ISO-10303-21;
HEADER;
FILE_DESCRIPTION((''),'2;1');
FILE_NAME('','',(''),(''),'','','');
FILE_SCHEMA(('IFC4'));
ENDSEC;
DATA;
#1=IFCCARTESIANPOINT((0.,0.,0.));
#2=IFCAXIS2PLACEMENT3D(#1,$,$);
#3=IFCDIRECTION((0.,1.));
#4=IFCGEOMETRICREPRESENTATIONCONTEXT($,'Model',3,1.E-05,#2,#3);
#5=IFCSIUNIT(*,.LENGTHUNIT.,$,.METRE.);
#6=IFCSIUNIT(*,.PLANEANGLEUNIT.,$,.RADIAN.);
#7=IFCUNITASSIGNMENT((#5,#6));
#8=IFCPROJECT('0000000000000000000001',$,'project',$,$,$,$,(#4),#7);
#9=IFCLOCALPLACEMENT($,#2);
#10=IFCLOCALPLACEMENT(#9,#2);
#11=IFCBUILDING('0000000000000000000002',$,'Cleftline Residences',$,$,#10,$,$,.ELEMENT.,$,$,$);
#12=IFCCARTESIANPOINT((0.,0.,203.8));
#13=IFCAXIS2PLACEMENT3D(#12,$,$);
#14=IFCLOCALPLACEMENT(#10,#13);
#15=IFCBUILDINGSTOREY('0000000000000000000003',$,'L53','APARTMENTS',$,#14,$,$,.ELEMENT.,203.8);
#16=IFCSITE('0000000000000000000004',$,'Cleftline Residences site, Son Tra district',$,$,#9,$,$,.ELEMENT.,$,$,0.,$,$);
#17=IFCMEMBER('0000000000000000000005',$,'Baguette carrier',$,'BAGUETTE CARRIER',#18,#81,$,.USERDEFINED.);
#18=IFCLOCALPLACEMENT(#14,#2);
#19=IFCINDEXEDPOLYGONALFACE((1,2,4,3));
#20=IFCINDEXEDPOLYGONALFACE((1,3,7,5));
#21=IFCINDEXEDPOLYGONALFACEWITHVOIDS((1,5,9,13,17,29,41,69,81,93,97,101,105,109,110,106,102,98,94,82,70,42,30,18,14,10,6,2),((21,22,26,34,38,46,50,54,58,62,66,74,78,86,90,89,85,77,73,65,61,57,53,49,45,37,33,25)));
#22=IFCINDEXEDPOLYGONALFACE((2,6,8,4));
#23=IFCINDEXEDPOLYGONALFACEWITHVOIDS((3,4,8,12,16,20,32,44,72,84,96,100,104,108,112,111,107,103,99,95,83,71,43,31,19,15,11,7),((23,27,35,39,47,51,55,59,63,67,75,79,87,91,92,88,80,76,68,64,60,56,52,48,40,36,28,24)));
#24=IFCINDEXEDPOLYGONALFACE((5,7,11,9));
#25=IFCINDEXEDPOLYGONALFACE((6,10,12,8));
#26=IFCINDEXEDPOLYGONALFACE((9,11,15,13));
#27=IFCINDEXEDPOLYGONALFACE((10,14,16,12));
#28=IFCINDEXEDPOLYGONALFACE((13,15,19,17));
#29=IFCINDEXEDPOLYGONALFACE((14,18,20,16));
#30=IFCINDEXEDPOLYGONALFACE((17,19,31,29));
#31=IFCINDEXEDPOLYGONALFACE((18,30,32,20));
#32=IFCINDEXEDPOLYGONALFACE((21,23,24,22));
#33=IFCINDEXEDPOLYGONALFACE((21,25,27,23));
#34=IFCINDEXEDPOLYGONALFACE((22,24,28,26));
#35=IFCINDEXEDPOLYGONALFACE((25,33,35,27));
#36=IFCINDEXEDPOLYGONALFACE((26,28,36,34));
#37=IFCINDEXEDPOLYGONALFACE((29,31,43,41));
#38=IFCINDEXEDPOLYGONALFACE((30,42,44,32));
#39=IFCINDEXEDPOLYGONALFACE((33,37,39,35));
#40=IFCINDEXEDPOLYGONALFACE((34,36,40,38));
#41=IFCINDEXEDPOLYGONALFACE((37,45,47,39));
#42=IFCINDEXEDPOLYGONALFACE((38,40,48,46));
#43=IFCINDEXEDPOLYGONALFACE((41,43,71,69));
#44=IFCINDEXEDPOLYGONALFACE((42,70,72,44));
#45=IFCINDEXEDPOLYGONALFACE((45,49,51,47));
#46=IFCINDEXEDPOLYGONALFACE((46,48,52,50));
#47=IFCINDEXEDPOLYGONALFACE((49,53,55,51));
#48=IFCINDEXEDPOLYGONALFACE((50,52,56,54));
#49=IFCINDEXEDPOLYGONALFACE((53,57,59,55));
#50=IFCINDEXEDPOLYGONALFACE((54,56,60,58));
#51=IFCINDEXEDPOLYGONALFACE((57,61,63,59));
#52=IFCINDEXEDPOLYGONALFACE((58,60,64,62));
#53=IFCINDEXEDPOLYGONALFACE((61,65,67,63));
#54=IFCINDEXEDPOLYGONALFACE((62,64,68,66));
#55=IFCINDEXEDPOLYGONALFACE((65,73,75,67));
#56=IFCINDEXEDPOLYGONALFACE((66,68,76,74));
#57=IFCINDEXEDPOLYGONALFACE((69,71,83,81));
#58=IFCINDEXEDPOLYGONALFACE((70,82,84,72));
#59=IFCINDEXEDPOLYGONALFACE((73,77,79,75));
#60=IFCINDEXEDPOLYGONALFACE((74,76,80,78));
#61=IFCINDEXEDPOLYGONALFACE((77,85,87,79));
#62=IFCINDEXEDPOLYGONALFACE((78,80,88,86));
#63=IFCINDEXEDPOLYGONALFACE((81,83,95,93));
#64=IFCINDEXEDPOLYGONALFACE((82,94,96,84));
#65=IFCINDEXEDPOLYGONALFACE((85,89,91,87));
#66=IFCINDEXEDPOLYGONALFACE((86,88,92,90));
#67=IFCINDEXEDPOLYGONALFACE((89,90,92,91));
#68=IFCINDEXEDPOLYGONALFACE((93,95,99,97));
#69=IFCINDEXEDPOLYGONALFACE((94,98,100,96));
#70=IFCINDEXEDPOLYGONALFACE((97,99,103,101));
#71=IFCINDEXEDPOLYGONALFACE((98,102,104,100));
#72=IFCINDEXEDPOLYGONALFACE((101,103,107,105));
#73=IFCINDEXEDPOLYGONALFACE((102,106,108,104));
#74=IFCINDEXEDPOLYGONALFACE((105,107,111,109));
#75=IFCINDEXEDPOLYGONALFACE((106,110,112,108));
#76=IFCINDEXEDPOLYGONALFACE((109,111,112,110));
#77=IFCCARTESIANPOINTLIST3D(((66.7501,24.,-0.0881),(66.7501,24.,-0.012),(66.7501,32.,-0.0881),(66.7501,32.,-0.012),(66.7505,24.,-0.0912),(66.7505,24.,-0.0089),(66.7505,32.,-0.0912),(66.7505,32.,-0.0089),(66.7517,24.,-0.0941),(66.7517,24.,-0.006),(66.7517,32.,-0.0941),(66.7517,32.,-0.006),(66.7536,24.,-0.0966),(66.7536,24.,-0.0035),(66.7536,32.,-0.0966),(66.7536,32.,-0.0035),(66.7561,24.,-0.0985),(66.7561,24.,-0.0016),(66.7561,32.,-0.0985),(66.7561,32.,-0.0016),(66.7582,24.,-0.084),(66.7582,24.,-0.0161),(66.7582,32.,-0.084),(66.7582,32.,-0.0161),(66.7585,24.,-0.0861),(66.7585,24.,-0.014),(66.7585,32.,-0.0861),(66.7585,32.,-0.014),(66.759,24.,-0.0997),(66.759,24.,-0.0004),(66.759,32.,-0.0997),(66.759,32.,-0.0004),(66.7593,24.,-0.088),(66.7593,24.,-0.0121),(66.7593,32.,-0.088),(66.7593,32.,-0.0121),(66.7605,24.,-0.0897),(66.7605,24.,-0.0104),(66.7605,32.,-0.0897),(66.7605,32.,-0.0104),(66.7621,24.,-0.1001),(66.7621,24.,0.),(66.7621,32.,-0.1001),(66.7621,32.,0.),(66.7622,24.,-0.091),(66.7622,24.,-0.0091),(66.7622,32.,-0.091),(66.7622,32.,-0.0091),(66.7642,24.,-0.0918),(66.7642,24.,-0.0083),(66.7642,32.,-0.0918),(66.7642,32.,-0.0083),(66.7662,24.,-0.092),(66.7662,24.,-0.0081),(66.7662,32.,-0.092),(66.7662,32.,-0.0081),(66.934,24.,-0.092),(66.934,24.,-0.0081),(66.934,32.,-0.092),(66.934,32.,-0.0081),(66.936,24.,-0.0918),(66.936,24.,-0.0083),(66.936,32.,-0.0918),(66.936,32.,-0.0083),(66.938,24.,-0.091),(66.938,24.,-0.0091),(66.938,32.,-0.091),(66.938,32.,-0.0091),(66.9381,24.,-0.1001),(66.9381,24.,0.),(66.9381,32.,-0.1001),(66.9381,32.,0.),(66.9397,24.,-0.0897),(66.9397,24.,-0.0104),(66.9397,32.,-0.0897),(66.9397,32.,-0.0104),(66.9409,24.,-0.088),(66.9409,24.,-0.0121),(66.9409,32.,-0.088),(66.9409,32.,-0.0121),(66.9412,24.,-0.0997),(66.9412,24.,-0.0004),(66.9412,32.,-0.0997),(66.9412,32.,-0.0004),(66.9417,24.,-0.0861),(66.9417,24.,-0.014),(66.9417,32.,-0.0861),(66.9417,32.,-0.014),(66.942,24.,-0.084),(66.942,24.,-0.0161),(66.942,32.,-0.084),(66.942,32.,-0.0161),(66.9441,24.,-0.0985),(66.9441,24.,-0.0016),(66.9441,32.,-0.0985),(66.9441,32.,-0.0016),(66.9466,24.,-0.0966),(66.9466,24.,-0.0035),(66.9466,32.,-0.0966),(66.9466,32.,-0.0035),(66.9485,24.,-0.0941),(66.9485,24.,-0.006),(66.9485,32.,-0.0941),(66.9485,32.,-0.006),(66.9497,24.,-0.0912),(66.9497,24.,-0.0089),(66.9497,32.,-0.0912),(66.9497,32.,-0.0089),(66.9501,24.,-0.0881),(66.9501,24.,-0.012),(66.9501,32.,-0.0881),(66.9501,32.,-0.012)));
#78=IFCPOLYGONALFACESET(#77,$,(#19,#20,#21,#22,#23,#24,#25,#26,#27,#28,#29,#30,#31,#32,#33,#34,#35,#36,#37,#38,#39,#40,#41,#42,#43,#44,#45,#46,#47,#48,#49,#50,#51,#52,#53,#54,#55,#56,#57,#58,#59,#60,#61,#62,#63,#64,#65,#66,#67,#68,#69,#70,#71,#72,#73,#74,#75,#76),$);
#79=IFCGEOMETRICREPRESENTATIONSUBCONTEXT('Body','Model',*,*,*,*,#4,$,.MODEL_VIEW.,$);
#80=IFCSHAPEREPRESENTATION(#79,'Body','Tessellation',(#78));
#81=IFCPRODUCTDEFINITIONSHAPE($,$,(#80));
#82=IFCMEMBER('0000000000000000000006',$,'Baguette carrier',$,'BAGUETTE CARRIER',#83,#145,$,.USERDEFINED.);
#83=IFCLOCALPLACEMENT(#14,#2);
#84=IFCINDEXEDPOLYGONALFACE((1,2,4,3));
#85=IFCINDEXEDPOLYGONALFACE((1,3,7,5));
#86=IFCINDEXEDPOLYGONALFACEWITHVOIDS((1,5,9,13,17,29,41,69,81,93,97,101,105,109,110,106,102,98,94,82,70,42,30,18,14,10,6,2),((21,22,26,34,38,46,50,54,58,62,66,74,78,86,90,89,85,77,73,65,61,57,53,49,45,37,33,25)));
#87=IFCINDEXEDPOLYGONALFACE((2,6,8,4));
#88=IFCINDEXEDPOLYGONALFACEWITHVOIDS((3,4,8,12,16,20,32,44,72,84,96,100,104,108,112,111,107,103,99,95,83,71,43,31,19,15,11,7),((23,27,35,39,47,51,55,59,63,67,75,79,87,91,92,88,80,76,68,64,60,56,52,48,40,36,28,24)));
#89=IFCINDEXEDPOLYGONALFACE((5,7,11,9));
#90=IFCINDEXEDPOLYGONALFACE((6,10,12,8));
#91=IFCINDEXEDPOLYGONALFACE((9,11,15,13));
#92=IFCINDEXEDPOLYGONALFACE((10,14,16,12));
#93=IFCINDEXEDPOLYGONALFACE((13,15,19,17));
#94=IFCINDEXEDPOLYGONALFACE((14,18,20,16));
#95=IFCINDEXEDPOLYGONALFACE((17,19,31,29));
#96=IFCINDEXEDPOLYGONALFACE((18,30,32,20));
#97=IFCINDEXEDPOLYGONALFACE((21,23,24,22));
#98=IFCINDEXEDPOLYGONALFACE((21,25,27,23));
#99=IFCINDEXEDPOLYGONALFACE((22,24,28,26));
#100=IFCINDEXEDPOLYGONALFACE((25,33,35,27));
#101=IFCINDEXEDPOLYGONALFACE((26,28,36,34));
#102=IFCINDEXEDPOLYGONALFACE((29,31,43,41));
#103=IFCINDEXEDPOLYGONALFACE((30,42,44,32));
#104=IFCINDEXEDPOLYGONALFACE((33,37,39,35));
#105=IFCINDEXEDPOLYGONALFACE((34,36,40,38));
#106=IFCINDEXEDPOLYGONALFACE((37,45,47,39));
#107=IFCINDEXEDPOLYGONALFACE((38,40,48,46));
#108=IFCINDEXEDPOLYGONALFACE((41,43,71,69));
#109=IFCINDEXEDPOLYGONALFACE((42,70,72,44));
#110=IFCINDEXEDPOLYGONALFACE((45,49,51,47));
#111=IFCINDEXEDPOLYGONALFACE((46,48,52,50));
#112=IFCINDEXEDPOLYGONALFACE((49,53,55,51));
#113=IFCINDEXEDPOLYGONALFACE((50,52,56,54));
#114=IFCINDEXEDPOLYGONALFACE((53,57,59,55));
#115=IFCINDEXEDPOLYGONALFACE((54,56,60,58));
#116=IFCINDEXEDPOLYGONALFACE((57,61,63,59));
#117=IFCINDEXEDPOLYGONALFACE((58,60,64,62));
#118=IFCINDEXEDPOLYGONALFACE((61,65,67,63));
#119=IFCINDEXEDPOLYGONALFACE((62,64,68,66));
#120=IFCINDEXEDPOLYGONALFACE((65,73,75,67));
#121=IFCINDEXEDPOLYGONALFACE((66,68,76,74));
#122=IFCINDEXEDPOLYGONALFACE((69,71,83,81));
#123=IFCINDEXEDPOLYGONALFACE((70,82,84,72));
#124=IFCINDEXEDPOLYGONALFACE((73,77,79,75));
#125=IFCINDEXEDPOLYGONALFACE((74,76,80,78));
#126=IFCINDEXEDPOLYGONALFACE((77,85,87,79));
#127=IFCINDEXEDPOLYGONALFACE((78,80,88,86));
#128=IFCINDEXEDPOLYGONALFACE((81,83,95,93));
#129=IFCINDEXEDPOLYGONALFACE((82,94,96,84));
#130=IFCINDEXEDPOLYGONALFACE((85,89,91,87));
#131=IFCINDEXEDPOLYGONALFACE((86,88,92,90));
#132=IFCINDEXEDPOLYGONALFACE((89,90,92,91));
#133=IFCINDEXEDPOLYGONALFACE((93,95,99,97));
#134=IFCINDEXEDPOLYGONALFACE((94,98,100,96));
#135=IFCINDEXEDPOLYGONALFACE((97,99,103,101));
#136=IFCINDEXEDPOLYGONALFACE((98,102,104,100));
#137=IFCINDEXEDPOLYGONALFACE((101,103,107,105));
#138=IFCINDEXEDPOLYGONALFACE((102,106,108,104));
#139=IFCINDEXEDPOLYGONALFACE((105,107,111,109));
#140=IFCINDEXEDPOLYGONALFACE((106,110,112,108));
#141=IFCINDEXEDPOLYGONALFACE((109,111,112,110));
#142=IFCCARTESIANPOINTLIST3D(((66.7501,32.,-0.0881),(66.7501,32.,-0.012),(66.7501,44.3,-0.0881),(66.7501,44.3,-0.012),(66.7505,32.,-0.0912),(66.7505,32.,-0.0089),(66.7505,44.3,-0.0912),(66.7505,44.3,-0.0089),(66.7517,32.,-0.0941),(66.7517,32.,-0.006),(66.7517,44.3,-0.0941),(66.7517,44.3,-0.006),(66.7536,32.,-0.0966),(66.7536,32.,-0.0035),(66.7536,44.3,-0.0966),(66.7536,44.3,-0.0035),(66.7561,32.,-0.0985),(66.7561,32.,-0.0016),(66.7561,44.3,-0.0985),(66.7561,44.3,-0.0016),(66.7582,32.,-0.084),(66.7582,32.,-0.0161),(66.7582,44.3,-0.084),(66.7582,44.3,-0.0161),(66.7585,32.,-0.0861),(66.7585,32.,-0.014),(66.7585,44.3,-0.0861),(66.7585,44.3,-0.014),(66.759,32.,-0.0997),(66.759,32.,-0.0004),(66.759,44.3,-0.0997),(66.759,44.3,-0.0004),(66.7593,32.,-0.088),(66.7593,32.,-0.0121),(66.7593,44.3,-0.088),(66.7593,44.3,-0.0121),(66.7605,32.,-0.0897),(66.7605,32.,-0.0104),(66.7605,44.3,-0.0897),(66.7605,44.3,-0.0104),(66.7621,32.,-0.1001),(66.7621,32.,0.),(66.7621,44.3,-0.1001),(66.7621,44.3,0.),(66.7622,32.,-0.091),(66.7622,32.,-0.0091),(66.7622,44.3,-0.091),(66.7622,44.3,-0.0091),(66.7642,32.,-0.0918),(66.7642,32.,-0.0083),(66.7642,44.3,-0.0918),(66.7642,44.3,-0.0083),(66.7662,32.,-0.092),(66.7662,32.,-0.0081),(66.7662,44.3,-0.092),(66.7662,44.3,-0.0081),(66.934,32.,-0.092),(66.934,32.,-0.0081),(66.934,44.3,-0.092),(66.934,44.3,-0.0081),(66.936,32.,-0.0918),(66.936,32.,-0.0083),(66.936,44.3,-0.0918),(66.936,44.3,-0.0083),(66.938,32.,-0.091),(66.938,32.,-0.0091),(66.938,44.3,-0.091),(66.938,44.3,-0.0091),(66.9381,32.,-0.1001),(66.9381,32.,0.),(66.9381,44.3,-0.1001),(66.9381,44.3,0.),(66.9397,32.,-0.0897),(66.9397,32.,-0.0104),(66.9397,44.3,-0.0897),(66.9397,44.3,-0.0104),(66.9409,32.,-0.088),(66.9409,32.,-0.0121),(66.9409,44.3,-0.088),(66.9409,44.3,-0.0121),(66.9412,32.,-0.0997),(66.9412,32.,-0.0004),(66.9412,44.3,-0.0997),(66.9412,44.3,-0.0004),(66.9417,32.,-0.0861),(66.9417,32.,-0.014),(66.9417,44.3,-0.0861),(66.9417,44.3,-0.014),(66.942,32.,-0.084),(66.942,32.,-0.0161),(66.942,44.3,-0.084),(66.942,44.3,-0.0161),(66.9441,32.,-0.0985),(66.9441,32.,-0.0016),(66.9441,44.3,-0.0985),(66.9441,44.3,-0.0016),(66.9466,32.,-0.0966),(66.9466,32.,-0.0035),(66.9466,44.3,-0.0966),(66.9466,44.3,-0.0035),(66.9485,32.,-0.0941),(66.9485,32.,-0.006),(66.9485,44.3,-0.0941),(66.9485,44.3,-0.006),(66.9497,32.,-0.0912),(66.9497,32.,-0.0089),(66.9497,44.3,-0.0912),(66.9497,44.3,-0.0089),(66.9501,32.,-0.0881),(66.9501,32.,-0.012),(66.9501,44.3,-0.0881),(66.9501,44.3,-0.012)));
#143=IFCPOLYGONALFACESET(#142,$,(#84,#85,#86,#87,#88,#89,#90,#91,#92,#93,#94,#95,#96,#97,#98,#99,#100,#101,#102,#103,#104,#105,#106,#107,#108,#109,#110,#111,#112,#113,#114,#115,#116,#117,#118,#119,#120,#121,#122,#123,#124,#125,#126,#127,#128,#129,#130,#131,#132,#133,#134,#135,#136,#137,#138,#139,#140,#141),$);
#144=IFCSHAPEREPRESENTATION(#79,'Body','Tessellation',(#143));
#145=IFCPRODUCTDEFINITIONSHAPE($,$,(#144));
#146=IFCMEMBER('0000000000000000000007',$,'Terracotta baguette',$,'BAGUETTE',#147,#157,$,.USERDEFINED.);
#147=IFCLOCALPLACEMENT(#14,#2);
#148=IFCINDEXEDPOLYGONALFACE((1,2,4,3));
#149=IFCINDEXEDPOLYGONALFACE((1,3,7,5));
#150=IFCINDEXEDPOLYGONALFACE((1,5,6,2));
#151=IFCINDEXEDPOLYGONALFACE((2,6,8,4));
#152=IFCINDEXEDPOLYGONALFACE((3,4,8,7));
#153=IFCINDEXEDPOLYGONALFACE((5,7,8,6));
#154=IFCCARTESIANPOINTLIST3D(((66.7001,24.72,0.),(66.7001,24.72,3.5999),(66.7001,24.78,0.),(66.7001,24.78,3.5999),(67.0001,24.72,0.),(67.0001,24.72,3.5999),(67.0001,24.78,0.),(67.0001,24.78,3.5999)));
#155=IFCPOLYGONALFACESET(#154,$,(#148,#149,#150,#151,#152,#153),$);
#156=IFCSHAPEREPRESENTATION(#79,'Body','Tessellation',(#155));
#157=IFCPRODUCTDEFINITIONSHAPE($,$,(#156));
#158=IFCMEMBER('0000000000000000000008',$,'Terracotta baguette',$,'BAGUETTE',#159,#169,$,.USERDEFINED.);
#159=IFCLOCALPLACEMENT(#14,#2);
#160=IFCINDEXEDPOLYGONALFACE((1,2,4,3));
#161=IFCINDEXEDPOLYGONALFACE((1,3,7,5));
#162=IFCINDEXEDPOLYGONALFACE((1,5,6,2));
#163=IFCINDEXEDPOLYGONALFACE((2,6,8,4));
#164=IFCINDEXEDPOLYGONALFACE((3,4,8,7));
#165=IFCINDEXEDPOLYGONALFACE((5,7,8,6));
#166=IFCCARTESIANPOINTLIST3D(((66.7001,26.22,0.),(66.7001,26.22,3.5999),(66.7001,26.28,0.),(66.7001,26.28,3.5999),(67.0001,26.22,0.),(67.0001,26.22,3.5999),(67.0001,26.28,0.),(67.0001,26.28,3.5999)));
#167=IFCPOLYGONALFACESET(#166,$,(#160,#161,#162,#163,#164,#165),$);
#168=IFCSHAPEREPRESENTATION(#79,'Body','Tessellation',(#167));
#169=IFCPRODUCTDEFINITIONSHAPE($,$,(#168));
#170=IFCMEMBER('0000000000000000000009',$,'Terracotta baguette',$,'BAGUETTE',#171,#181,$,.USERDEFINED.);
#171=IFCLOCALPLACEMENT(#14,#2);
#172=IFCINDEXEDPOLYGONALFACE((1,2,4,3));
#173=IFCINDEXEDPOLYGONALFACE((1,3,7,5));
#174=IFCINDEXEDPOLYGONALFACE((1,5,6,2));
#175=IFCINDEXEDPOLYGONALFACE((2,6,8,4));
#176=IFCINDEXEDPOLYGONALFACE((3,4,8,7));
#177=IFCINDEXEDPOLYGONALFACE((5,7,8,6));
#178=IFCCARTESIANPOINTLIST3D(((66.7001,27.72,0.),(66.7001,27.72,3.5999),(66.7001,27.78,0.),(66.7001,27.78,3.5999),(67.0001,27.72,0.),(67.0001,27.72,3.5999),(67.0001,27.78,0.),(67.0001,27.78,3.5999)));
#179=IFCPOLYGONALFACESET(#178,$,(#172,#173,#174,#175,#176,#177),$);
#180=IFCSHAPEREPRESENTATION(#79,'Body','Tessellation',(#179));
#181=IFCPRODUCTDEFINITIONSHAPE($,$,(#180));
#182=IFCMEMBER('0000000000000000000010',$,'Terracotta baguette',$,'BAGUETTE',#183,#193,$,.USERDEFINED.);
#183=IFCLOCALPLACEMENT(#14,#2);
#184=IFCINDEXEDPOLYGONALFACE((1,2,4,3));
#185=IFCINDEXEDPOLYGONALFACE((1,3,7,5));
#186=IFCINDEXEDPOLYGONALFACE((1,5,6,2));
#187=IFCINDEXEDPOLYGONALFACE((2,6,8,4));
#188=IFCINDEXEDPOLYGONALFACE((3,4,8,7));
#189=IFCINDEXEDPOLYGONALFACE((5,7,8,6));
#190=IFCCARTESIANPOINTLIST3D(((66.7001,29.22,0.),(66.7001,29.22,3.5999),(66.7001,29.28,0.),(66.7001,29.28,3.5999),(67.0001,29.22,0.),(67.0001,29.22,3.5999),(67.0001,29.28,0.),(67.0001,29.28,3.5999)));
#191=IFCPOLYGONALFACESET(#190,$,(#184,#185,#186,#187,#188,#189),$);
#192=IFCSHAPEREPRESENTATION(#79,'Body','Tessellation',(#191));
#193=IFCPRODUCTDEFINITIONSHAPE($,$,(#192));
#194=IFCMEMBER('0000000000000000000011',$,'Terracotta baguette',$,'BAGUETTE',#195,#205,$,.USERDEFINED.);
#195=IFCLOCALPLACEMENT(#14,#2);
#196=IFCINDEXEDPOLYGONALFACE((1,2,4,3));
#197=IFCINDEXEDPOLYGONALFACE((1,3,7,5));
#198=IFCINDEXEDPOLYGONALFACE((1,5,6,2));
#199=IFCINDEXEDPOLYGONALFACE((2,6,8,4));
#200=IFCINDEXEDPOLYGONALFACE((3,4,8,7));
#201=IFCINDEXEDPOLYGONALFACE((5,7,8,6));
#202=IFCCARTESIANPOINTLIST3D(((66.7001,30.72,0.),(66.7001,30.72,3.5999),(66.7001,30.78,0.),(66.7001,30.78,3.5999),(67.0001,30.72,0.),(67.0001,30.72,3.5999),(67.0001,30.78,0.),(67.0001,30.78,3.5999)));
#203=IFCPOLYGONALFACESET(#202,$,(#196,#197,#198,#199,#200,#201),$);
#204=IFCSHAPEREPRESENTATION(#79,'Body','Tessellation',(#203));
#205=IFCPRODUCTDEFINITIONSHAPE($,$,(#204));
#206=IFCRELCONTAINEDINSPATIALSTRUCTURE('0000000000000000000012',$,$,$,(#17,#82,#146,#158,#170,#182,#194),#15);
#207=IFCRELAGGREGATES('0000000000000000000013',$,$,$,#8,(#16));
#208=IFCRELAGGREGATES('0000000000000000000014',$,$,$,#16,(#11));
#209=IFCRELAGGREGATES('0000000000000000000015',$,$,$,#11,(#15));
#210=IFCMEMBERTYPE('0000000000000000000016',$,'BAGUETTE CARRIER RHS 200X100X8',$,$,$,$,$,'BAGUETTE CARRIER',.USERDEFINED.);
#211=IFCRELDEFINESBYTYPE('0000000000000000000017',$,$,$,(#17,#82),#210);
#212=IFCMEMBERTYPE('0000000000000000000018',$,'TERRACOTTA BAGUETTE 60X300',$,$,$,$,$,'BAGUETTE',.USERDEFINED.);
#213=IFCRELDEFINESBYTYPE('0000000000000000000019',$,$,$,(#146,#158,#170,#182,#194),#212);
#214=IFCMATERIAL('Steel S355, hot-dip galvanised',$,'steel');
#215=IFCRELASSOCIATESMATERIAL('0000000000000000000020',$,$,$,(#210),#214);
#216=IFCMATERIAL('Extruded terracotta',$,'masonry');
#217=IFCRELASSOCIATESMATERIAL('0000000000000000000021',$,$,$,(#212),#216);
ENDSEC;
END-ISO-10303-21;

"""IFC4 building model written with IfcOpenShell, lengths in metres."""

from ifc_helpers import new_model, si_unit, direction, frame, origin, origin_2d, place, context, subcontext, project, spatial, rectangle, hollow_rectangle, extrude, material, material_profile, profile_set, type_object, element, save


model = new_model("IFC4")

# Units and contexts
model_context = context("Model", 3, precision=1e-05, world=origin(), true_north=direction((0.0, 1.0)))
body_context = subcontext(model_context, "Body", "Model", "MODEL_VIEW")
ifc_project = project(units=[si_unit("LENGTHUNIT", "METRE"), si_unit("PLANEANGLEUNIT", "RADIAN")], contexts=[model_context])

# Site, building, storey
site_placement = place(None, origin())
site = spatial("IfcSite", under=ifc_project, at=site_placement, Name="Cleftline Residences site, Son Tra district", CompositionType="ELEMENT", RefElevation=0.0)
building_placement = place(site_placement, origin())
building = spatial("IfcBuilding", under=site, at=building_placement, Name="Cleftline Residences", CompositionType="ELEMENT")
storey_placement = place(building_placement, frame((0.0, 0.0, 203.8)))
storey = spatial("IfcBuildingStorey", under=building, at=storey_placement, Name="L53", Description="APARTMENTS", CompositionType="ELEMENT", Elevation=203.8)

# Members
ifc_material_1 = material(Name="Steel S355, hot-dip galvanised", Category="steel")
ifc_material_profile_1 = material_profile(ifc_material_1, hollow_rectangle(XDim=0.1001, YDim=0.2, WallThickness=0.0081, InnerFilletRadius=0.0081, OuterFilletRadius=0.012, at=origin_2d()))
ifc_profile_set_1 = profile_set([ifc_material_profile_1], Name="Steel S355, hot-dip galvanised")
member_type_1 = type_object("IfcMemberType", Name="BAGUETTE CARRIER RHS 200X100X8", ElementType="BAGUETTE CARRIER", PredefinedType="USERDEFINED", material=ifc_profile_set_1)
member_1_placement = place(storey_placement, frame((66.8501, 24.0, -0.05), z_axis=(0.0, 1.0, 0.0), x_axis=(0.0, 0.0, 1.0)))
element("IfcMember", 1, at=member_1_placement, inside=storey, type_object=member_type_1, Name="Baguette carrier", ObjectType="BAGUETTE CARRIER", PredefinedType="USERDEFINED", context=body_context, shape_type="SweptSolid", body=[
    extrude(hollow_rectangle(XDim=0.1001, YDim=0.2, WallThickness=0.0081, InnerFilletRadius=0.0081, OuterFilletRadius=0.012, at=origin_2d()), origin(), (0.0, 0.0, 1.0), 8.0),
])
member_2_placement = place(storey_placement, frame((66.8501, 32.0, -0.05), z_axis=(0.0, 1.0, 0.0), x_axis=(0.0, 0.0, 1.0)))
element("IfcMember", 2, at=member_2_placement, inside=storey, type_object=member_type_1, Name="Baguette carrier", ObjectType="BAGUETTE CARRIER", PredefinedType="USERDEFINED", context=body_context, shape_type="SweptSolid", body=[
    extrude(hollow_rectangle(XDim=0.1001, YDim=0.2, WallThickness=0.0081, InnerFilletRadius=0.0081, OuterFilletRadius=0.012, at=origin_2d()), origin(), (0.0, 0.0, 1.0), 12.3),
])
ifc_material_2 = material(Name="Extruded terracotta", Category="masonry")
ifc_material_profile_2 = material_profile(ifc_material_2, rectangle(XDim=0.0601, YDim=0.3, at=origin_2d()))
ifc_profile_set_2 = profile_set([ifc_material_profile_2], Name="Extruded terracotta")
member_type_2 = type_object("IfcMemberType", Name="TERRACOTTA BAGUETTE 60X300", ElementType="BAGUETTE", PredefinedType="USERDEFINED", material=ifc_profile_set_2)
for number, where, z_axis, x_axis, name in (
    (3, (66.8501, 24.75, 0.0), (0.0, 0.0, 1.0), (0.0, 1.0, 0.0), "Terracotta baguette"),
    (4, (66.8501, 26.25, 0.0), (0.0, 0.0, 1.0), (0.0, 1.0, 0.0), "Terracotta baguette"),
    (5, (66.8501, 27.75, 0.0), (0.0, 0.0, 1.0), (0.0, 1.0, 0.0), "Terracotta baguette"),
    (6, (66.8501, 29.25, 0.0), (0.0, 0.0, 1.0), (0.0, 1.0, 0.0), "Terracotta baguette"),
    (7, (66.8501, 30.75, 0.0), (0.0, 0.0, 1.0), (0.0, 1.0, 0.0), "Terracotta baguette"),
):
    element("IfcMember", number, at=place(storey_placement, frame(where, z_axis=z_axis, x_axis=x_axis)), inside=storey, type_object=member_type_2, Name=name, ObjectType="BAGUETTE", PredefinedType="USERDEFINED", context=body_context, shape_type="SweptSolid", body=[
        extrude(rectangle(XDim=0.0601, YDim=0.3, at=origin_2d()), origin(), (0.0, 0.0, 1.0), 3.5999),
    ])

save(model, "model.ifc")
